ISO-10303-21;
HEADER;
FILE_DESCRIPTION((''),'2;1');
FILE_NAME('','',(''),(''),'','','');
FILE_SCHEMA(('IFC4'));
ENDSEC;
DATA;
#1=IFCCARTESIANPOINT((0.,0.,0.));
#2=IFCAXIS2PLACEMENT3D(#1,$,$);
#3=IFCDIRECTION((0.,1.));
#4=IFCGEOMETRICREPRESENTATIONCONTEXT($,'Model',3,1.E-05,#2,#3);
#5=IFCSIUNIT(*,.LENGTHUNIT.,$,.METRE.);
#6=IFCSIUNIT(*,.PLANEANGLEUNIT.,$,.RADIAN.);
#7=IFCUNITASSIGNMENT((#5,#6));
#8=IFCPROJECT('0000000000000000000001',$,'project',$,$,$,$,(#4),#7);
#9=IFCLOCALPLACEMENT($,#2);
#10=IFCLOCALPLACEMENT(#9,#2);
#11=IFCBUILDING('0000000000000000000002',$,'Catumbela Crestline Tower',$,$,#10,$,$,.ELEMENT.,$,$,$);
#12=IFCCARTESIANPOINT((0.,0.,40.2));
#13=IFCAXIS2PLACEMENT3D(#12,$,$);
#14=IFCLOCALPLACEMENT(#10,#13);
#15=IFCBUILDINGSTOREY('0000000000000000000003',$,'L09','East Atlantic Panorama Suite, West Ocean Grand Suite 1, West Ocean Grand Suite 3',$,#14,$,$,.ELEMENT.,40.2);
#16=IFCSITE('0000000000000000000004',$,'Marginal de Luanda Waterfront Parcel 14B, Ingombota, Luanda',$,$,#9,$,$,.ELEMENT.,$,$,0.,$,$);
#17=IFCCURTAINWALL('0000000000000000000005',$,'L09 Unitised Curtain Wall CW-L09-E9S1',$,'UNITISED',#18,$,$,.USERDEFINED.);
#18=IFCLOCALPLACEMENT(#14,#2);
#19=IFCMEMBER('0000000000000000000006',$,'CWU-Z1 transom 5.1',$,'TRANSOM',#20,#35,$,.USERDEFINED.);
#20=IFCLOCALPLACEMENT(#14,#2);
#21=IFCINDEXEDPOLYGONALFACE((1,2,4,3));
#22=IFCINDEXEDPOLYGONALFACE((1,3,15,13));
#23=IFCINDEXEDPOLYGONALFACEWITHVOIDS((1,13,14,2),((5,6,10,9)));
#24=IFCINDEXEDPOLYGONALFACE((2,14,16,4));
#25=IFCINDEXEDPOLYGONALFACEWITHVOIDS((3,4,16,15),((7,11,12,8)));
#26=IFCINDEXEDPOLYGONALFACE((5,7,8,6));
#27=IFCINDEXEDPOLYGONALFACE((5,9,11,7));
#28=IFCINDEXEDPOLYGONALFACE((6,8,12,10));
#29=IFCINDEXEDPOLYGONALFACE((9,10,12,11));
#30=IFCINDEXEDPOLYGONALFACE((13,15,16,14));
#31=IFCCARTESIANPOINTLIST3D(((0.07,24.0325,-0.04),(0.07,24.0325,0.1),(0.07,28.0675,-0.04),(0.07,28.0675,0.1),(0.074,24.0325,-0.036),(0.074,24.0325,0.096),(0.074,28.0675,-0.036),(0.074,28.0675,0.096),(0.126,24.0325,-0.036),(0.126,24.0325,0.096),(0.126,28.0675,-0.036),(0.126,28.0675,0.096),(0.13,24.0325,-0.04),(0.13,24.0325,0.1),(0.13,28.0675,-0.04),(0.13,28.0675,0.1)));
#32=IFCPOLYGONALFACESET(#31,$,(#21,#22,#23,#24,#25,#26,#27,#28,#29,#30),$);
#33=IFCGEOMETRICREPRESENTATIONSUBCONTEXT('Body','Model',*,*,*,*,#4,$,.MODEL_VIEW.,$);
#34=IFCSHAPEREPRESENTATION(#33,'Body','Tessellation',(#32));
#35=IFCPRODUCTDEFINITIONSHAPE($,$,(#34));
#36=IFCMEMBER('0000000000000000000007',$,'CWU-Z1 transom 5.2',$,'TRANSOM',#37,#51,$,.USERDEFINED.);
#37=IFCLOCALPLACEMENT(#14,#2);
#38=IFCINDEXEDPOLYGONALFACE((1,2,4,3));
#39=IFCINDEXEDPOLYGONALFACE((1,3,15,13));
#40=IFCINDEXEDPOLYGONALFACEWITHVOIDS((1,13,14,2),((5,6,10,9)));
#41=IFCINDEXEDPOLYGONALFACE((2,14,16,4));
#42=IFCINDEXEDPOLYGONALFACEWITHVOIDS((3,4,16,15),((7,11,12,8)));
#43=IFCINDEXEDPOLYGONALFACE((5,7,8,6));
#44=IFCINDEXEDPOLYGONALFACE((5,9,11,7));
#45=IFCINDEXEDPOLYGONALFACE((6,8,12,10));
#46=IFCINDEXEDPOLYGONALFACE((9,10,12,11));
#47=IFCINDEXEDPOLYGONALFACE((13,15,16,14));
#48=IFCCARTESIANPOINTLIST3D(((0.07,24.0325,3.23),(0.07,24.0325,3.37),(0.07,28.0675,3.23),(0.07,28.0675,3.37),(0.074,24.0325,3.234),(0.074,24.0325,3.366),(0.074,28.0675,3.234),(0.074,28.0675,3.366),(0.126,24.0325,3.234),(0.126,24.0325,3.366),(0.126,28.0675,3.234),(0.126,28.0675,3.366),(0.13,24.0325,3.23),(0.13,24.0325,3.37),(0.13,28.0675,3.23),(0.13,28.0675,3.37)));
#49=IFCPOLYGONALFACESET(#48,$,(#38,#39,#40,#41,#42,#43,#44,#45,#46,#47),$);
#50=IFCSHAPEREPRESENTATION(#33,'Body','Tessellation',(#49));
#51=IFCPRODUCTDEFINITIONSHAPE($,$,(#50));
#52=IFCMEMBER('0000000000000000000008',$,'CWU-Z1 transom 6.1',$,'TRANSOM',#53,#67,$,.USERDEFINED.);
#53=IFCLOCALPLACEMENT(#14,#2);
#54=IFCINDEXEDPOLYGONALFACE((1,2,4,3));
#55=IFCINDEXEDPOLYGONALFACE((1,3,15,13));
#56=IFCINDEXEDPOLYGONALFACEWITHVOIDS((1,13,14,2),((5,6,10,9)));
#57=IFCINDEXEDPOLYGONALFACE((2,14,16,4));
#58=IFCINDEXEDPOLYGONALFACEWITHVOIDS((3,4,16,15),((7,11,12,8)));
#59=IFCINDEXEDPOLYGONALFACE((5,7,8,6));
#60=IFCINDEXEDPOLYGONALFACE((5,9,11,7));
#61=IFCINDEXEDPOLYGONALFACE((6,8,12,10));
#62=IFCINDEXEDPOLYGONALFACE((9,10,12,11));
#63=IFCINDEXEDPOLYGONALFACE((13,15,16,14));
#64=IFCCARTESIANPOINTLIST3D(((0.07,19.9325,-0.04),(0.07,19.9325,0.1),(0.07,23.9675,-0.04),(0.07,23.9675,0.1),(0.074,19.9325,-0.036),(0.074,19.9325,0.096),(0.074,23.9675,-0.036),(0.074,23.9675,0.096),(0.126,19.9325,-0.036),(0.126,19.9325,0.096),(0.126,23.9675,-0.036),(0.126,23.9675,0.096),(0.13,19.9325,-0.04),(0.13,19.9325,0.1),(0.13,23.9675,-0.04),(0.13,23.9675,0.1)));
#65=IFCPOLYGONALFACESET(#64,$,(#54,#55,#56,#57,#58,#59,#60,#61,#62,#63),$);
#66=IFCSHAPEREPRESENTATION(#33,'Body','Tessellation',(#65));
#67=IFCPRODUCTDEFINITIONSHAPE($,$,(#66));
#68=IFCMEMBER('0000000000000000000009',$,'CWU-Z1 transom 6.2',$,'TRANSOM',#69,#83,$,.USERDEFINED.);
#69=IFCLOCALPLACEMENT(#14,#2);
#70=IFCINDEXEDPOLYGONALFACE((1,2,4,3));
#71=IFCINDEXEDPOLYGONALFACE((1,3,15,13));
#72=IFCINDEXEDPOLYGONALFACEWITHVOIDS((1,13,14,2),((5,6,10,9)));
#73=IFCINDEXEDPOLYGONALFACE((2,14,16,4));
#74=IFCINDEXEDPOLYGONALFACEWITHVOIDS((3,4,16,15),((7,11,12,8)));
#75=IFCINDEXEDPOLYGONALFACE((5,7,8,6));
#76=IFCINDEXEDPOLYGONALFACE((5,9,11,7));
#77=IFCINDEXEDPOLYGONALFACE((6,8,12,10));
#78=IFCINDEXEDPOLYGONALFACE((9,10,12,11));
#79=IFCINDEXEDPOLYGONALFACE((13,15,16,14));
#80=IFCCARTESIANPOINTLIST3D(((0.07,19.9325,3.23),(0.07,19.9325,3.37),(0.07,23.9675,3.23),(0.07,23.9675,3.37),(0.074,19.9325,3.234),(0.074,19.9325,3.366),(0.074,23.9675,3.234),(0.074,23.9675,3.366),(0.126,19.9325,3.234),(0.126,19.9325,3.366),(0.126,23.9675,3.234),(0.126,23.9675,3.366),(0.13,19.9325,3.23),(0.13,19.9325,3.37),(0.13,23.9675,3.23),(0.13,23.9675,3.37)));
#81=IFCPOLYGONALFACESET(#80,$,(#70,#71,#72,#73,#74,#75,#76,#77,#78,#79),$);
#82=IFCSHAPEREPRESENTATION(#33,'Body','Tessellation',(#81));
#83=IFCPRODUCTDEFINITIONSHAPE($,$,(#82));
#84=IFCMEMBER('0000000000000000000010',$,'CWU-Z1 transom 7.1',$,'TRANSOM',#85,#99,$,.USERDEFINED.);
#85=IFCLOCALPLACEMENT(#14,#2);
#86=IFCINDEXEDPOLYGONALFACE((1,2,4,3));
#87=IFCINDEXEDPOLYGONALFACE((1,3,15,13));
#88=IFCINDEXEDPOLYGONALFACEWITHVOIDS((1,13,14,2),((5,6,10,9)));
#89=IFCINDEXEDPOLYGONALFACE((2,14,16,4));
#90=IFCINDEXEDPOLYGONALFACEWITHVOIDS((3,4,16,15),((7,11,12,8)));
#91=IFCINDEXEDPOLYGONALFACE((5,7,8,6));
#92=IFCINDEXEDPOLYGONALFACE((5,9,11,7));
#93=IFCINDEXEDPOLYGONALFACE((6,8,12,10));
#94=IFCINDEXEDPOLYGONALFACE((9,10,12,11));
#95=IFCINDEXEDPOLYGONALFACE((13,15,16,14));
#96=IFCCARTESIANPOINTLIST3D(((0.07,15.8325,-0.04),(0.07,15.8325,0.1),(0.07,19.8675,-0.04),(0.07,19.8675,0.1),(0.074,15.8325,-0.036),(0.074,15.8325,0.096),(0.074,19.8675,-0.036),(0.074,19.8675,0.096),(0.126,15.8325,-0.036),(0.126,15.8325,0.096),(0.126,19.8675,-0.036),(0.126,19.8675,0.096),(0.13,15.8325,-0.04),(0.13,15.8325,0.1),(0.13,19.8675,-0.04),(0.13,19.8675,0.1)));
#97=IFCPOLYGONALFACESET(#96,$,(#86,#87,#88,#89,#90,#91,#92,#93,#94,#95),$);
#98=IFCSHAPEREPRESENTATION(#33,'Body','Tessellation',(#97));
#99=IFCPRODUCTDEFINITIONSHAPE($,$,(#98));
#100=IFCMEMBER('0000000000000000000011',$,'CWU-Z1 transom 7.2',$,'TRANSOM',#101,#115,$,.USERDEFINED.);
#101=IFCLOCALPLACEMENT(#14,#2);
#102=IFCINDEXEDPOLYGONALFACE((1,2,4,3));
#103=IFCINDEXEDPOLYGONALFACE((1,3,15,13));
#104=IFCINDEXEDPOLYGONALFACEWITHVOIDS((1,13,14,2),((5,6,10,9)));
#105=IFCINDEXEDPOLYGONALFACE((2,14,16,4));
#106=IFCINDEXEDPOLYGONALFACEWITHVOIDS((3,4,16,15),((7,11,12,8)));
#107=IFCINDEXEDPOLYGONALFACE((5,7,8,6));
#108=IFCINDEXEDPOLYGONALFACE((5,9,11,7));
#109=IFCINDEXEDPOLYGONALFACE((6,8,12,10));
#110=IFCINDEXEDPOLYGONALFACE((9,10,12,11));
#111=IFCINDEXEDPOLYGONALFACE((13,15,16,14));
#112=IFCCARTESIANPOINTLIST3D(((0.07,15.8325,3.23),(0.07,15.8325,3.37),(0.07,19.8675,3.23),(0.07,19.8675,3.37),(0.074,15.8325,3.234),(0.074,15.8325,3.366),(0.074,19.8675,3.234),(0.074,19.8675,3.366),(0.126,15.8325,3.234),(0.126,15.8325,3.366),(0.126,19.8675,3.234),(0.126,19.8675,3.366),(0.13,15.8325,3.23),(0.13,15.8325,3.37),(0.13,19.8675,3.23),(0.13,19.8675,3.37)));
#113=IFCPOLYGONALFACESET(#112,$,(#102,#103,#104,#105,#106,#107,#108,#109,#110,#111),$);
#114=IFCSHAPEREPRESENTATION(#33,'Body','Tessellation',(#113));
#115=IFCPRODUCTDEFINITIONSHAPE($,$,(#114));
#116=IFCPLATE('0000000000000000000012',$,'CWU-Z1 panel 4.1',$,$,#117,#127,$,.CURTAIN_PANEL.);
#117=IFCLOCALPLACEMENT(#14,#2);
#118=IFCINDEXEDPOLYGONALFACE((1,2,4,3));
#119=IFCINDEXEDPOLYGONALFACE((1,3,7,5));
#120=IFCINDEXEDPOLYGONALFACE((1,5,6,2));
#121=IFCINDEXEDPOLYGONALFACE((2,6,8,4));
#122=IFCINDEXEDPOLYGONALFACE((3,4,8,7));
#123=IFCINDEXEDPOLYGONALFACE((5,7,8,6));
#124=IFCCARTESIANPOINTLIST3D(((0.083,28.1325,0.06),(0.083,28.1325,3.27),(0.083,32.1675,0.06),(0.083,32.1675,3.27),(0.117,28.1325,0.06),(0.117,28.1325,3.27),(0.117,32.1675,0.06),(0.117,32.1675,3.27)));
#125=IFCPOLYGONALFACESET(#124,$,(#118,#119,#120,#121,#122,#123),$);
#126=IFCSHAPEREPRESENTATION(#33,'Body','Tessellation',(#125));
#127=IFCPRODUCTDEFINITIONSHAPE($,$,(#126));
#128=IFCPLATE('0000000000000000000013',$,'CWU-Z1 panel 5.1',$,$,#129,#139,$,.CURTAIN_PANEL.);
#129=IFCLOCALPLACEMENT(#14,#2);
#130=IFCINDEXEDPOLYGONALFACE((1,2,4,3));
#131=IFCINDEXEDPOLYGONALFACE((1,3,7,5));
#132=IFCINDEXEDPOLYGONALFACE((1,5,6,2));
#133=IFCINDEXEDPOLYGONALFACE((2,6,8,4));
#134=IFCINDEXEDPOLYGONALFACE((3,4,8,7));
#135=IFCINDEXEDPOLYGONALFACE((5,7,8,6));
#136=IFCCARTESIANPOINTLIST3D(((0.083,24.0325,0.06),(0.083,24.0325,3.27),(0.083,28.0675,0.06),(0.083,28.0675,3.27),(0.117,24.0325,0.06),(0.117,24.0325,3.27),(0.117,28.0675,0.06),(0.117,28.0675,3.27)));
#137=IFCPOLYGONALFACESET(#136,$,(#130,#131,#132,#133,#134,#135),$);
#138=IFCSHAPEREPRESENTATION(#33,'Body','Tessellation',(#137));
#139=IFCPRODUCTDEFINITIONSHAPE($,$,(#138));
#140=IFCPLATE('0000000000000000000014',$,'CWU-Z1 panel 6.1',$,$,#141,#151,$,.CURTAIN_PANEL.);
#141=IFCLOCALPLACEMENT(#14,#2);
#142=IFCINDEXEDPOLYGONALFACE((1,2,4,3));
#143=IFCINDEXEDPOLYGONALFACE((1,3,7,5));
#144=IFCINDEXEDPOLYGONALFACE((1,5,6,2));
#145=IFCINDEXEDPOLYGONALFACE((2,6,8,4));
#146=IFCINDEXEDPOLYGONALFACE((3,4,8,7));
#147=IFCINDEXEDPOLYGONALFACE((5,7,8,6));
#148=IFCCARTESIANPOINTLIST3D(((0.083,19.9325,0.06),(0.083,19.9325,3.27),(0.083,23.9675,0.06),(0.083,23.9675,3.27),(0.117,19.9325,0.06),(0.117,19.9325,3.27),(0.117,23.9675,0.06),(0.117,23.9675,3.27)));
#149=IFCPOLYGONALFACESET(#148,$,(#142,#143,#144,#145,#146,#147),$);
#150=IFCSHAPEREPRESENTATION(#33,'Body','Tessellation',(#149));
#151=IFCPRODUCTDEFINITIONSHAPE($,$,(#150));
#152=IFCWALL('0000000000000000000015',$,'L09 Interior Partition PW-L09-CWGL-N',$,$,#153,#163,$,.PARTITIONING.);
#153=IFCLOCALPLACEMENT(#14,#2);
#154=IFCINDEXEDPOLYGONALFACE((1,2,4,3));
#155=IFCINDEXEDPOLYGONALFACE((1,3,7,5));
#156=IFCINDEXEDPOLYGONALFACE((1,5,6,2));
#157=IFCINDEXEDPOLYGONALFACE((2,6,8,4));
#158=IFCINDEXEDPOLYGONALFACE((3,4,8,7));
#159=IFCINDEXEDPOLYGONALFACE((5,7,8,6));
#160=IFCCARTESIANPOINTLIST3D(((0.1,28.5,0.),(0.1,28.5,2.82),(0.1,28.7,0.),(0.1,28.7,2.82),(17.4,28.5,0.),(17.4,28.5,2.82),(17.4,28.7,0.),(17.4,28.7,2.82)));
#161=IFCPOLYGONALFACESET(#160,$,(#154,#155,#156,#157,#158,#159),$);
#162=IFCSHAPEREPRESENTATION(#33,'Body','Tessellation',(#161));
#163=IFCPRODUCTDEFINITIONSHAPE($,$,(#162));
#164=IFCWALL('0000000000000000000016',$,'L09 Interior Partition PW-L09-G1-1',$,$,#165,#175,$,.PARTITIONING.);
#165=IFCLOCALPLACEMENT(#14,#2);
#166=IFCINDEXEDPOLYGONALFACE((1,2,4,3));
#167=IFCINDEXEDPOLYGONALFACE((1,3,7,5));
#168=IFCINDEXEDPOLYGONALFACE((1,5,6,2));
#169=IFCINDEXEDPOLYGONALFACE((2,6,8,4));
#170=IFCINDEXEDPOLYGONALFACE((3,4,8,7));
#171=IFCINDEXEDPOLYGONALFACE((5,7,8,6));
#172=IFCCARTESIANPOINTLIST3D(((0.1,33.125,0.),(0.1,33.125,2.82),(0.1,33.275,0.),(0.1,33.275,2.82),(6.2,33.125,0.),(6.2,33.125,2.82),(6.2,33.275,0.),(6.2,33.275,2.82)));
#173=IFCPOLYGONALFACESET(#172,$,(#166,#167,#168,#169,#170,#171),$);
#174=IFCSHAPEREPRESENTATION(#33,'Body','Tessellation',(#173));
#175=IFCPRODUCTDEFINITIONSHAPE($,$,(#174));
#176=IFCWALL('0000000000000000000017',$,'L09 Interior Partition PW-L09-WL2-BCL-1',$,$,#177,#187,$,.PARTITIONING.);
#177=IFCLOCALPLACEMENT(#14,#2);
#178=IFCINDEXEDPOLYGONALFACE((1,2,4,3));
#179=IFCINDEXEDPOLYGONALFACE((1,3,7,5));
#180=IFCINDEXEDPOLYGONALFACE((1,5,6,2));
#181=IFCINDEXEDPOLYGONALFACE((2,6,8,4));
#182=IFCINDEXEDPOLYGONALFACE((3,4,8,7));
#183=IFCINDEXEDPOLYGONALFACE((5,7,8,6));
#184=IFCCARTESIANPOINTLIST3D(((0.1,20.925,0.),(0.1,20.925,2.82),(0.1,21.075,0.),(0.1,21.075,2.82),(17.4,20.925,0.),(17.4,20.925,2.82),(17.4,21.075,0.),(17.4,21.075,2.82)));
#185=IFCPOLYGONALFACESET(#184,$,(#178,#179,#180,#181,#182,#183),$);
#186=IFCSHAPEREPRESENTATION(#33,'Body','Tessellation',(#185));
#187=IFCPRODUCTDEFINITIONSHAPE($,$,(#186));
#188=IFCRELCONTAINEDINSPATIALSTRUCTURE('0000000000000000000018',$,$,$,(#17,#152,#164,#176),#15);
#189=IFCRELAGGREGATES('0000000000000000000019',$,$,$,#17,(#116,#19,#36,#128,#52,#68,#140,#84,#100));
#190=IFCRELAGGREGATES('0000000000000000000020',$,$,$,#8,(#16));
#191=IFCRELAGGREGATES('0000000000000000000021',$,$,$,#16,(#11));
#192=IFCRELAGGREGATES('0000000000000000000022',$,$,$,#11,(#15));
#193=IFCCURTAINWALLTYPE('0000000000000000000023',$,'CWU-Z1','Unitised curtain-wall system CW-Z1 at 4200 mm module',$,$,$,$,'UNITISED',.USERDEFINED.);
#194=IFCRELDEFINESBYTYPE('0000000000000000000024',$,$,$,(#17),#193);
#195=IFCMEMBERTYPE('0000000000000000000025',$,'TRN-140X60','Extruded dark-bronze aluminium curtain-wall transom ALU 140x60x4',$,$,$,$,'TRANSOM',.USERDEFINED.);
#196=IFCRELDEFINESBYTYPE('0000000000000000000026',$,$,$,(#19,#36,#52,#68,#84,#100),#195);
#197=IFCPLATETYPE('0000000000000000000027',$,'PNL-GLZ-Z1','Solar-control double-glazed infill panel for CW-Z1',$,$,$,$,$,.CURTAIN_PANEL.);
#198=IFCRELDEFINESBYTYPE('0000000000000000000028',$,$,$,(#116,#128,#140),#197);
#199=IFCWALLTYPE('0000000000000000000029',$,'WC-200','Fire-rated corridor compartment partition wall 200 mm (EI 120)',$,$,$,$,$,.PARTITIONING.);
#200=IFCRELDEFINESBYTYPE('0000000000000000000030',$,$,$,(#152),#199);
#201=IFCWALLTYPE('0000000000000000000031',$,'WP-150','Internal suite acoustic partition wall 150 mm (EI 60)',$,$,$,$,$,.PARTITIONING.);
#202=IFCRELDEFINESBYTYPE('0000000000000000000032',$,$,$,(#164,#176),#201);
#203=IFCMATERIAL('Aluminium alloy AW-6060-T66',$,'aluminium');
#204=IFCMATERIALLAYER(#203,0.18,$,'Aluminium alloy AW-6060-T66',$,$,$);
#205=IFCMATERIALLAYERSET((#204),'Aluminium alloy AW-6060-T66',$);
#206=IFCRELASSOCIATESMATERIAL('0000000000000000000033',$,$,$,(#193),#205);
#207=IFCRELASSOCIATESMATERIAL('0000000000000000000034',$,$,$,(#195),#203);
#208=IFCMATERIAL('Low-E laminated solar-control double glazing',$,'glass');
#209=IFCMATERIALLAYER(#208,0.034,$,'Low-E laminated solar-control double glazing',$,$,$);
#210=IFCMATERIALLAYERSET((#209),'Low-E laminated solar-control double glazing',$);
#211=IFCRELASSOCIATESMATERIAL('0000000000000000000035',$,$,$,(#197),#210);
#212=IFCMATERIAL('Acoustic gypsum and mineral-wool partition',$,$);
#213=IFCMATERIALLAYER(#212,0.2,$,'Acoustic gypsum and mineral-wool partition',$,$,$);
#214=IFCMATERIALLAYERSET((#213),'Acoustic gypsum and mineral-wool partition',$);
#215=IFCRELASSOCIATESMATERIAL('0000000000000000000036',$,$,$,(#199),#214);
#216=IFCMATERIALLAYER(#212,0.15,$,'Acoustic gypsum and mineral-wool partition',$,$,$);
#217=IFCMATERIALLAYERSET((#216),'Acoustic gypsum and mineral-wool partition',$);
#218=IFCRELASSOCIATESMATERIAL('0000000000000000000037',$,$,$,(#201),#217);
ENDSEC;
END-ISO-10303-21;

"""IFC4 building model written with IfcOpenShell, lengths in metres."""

from ifc_helpers import new_model, si_unit, direction, frame, frame_2d, origin, origin_2d, place, context, subcontext, project, spatial, rectangle, hollow_rectangle, extrude, material, layer, layer_set, material_profile, profile_set, type_object, element, aggregate, save


model = new_model("IFC4")

# Units and contexts
model_context = context("Model", 3, precision=1e-05, world=origin(), true_north=direction((0.0, 1.0)))
body_context = subcontext(model_context, "Body", "Model", "MODEL_VIEW")
ifc_project = project(units=[si_unit("LENGTHUNIT", "METRE"), si_unit("PLANEANGLEUNIT", "RADIAN")], contexts=[model_context])

# Site, building, storey
site_placement = place(None, origin())
site = spatial("IfcSite", under=ifc_project, at=site_placement, Name="Marginal de Luanda Waterfront Parcel 14B, Ingombota, Luanda", CompositionType="ELEMENT", RefElevation=0.0)
building_placement = place(site_placement, origin())
building = spatial("IfcBuilding", under=site, at=building_placement, Name="Catumbela Crestline Tower", CompositionType="ELEMENT")
storey_placement = place(building_placement, frame((0.0, 0.0, 40.2)))
storey = spatial("IfcBuildingStorey", under=building, at=storey_placement, Name="L09", Description="East Atlantic Panorama Suite, West Ocean Grand Suite 1, West Ocean Grand Suite 3", CompositionType="ELEMENT", Elevation=40.2)

# Curtain wall
ifc_material_1 = material(Name="Aluminium alloy AW-6060-T66", Category="aluminium")
ifc_layer_1 = layer(ifc_material_1, 0.18, Name="Aluminium alloy AW-6060-T66")
ifc_layer_set_1 = layer_set([ifc_layer_1], Name="Aluminium alloy AW-6060-T66")
curtain_wall_type = type_object("IfcCurtainWallType", Name="CWU-Z1", Description="Unitised curtain-wall system CW-Z1 at 4200 mm module", ElementType="UNITISED", PredefinedType="USERDEFINED", material=ifc_layer_set_1)
curtain_wall_placement = place(storey_placement, origin())
curtain_wall = element("IfcCurtainWall", 1, at=curtain_wall_placement, inside=storey, type_object=curtain_wall_type, Name="L09 Unitised Curtain Wall CW-L09-E9S1", ObjectType="UNITISED", PredefinedType="USERDEFINED")

# Members
ifc_material_profile_1 = material_profile(ifc_material_1, hollow_rectangle(XDim=0.06, YDim=0.14, WallThickness=0.004, at=origin_2d()), Name="ALU 140x60x4")
ifc_profile_set_1 = profile_set([ifc_material_profile_1], Name="Aluminium alloy AW-6060-T66")
member_type_1 = type_object("IfcMemberType", Name="TRN-140X60", Description="Extruded dark-bronze aluminium curtain-wall transom ALU 140x60x4", ElementType="TRANSOM", PredefinedType="USERDEFINED", material=ifc_profile_set_1)
member_1_placement = place(storey_placement, frame((0.1, 28.0675, 0.03), z_axis=(0.0, -1.0, 0.0), x_axis=(1.0, 0.0, 0.0)))
member_1 = element("IfcMember", 2, at=member_1_placement, type_object=member_type_1, Name="CWU-Z1 transom 5.1", ObjectType="TRANSOM", PredefinedType="USERDEFINED", context=body_context, shape_type="SweptSolid", body=[
    extrude(hollow_rectangle(XDim=0.06, YDim=0.14, WallThickness=0.004, at=origin_2d()), origin(), (0.0, 0.0, 1.0), 4.035),
])
member_2_placement = place(storey_placement, frame((0.1, 28.0675, 3.3), z_axis=(0.0, -1.0, 0.0), x_axis=(1.0, 0.0, 0.0)))
member_2 = element("IfcMember", 3, at=member_2_placement, type_object=member_type_1, Name="CWU-Z1 transom 5.2", ObjectType="TRANSOM", PredefinedType="USERDEFINED", context=body_context, shape_type="SweptSolid", body=[
    extrude(hollow_rectangle(XDim=0.06, YDim=0.14, WallThickness=0.004, at=origin_2d()), origin(), (0.0, 0.0, 1.0), 4.035),
])
member_3_placement = place(storey_placement, frame((0.1, 23.9675, 0.03), z_axis=(0.0, -1.0, 0.0), x_axis=(1.0, 0.0, 0.0)))
member_3 = element("IfcMember", 4, at=member_3_placement, type_object=member_type_1, Name="CWU-Z1 transom 6.1", ObjectType="TRANSOM", PredefinedType="USERDEFINED", context=body_context, shape_type="SweptSolid", body=[
    extrude(hollow_rectangle(XDim=0.06, YDim=0.14, WallThickness=0.004, at=origin_2d()), origin(), (0.0, 0.0, 1.0), 4.035),
])
member_4_placement = place(storey_placement, frame((0.1, 23.9675, 3.3), z_axis=(0.0, -1.0, 0.0), x_axis=(1.0, 0.0, 0.0)))
member_4 = element("IfcMember", 5, at=member_4_placement, type_object=member_type_1, Name="CWU-Z1 transom 6.2", ObjectType="TRANSOM", PredefinedType="USERDEFINED", context=body_context, shape_type="SweptSolid", body=[
    extrude(hollow_rectangle(XDim=0.06, YDim=0.14, WallThickness=0.004, at=origin_2d()), origin(), (0.0, 0.0, 1.0), 4.035),
])
member_5_placement = place(storey_placement, frame((0.1, 19.8675, 0.03), z_axis=(0.0, -1.0, 0.0), x_axis=(1.0, 0.0, 0.0)))
member_5 = element("IfcMember", 6, at=member_5_placement, type_object=member_type_1, Name="CWU-Z1 transom 7.1", ObjectType="TRANSOM", PredefinedType="USERDEFINED", context=body_context, shape_type="SweptSolid", body=[
    extrude(hollow_rectangle(XDim=0.06, YDim=0.14, WallThickness=0.004, at=origin_2d()), origin(), (0.0, 0.0, 1.0), 4.035),
])
member_6_placement = place(storey_placement, frame((0.1, 19.8675, 3.3), z_axis=(0.0, -1.0, 0.0), x_axis=(1.0, 0.0, 0.0)))
member_6 = element("IfcMember", 7, at=member_6_placement, type_object=member_type_1, Name="CWU-Z1 transom 7.2", ObjectType="TRANSOM", PredefinedType="USERDEFINED", context=body_context, shape_type="SweptSolid", body=[
    extrude(hollow_rectangle(XDim=0.06, YDim=0.14, WallThickness=0.004, at=origin_2d()), origin(), (0.0, 0.0, 1.0), 4.035),
])

# Plates
ifc_material_2 = material(Name="Low-E laminated solar-control double glazing", Category="glass")
ifc_layer_2 = layer(ifc_material_2, 0.034, Name="Low-E laminated solar-control double glazing")
ifc_layer_set_2 = layer_set([ifc_layer_2], Name="Low-E laminated solar-control double glazing")
plate_type = type_object("IfcPlateType", Name="PNL-GLZ-Z1", Description="Solar-control double-glazed infill panel for CW-Z1", PredefinedType="CURTAIN_PANEL", material=ifc_layer_set_2)
plate_1_placement = place(storey_placement, frame((0.1, 30.15, 0.06), z_axis=(0.0, 0.0, 1.0), x_axis=(0.0, -1.0, 0.0)))
plate_1 = element("IfcPlate", 8, at=plate_1_placement, type_object=plate_type, Name="CWU-Z1 panel 4.1", PredefinedType="CURTAIN_PANEL", context=body_context, shape_type="SweptSolid", body=[
    extrude(rectangle(XDim=4.035, YDim=0.034, at=origin_2d()), origin(), (0.0, 0.0, 1.0), 3.21),
])
plate_2_placement = place(storey_placement, frame((0.1, 26.05, 0.06), z_axis=(0.0, 0.0, 1.0), x_axis=(0.0, -1.0, 0.0)))
plate_2 = element("IfcPlate", 9, at=plate_2_placement, type_object=plate_type, Name="CWU-Z1 panel 5.1", PredefinedType="CURTAIN_PANEL", context=body_context, shape_type="SweptSolid", body=[
    extrude(rectangle(XDim=4.035, YDim=0.034, at=origin_2d()), origin(), (0.0, 0.0, 1.0), 3.21),
])
plate_3_placement = place(storey_placement, frame((0.1, 21.95, 0.06), z_axis=(0.0, 0.0, 1.0), x_axis=(0.0, -1.0, 0.0)))
plate_3 = element("IfcPlate", 10, at=plate_3_placement, type_object=plate_type, Name="CWU-Z1 panel 6.1", PredefinedType="CURTAIN_PANEL", context=body_context, shape_type="SweptSolid", body=[
    extrude(rectangle(XDim=4.035, YDim=0.034, at=origin_2d()), origin(), (0.0, 0.0, 1.0), 3.21),
])
aggregate(curtain_wall, [plate_1, member_1, member_2, plate_2, member_3, member_4, plate_3, member_5, member_6])

# Walls
ifc_material_3 = material(Name="Acoustic gypsum and mineral-wool partition")
ifc_layer_3 = layer(ifc_material_3, 0.2, Name="Acoustic gypsum and mineral-wool partition")
ifc_layer_set_3 = layer_set([ifc_layer_3], Name="Acoustic gypsum and mineral-wool partition")
wall_type_1 = type_object("IfcWallType", Name="WC-200", Description="Fire-rated corridor compartment partition wall 200 mm (EI 120)", PredefinedType="PARTITIONING", material=ifc_layer_set_3)
wall_1_placement = place(storey_placement, frame((0.1, 28.6, 0.0), z_axis=(0.0, 0.0, 1.0), x_axis=(1.0, 0.0, 0.0)))
element("IfcWall", 11, at=wall_1_placement, inside=storey, type_object=wall_type_1, Name="L09 Interior Partition PW-L09-CWGL-N", PredefinedType="PARTITIONING", context=body_context, shape_type="SweptSolid", body=[
    extrude(rectangle(XDim=17.3, YDim=0.2, at=frame_2d((8.65, 0.0))), origin(), (0.0, 0.0, 1.0), 2.82),
])
ifc_layer_4 = layer(ifc_material_3, 0.15, Name="Acoustic gypsum and mineral-wool partition")
ifc_layer_set_4 = layer_set([ifc_layer_4], Name="Acoustic gypsum and mineral-wool partition")
wall_type_2 = type_object("IfcWallType", Name="WP-150", Description="Internal suite acoustic partition wall 150 mm (EI 60)", PredefinedType="PARTITIONING", material=ifc_layer_set_4)
wall_2_placement = place(storey_placement, frame((0.1, 33.2, 0.0), z_axis=(0.0, 0.0, 1.0), x_axis=(1.0, 0.0, 0.0)))
element("IfcWall", 12, at=wall_2_placement, inside=storey, type_object=wall_type_2, Name="L09 Interior Partition PW-L09-G1-1", PredefinedType="PARTITIONING", context=body_context, shape_type="SweptSolid", body=[
    extrude(rectangle(XDim=6.1, YDim=0.15, at=frame_2d((3.05, 0.0))), origin(), (0.0, 0.0, 1.0), 2.82),
])
wall_3_placement = place(storey_placement, frame((0.1, 21.0, 0.0), z_axis=(0.0, 0.0, 1.0), x_axis=(1.0, 0.0, 0.0)))
element("IfcWall", 13, at=wall_3_placement, inside=storey, type_object=wall_type_2, Name="L09 Interior Partition PW-L09-WL2-BCL-1", PredefinedType="PARTITIONING", context=body_context, shape_type="SweptSolid", body=[
    extrude(rectangle(XDim=17.3, YDim=0.15, at=frame_2d((8.65, 0.0))), origin(), (0.0, 0.0, 1.0), 2.82),
])

save(model, "model.ifc")
